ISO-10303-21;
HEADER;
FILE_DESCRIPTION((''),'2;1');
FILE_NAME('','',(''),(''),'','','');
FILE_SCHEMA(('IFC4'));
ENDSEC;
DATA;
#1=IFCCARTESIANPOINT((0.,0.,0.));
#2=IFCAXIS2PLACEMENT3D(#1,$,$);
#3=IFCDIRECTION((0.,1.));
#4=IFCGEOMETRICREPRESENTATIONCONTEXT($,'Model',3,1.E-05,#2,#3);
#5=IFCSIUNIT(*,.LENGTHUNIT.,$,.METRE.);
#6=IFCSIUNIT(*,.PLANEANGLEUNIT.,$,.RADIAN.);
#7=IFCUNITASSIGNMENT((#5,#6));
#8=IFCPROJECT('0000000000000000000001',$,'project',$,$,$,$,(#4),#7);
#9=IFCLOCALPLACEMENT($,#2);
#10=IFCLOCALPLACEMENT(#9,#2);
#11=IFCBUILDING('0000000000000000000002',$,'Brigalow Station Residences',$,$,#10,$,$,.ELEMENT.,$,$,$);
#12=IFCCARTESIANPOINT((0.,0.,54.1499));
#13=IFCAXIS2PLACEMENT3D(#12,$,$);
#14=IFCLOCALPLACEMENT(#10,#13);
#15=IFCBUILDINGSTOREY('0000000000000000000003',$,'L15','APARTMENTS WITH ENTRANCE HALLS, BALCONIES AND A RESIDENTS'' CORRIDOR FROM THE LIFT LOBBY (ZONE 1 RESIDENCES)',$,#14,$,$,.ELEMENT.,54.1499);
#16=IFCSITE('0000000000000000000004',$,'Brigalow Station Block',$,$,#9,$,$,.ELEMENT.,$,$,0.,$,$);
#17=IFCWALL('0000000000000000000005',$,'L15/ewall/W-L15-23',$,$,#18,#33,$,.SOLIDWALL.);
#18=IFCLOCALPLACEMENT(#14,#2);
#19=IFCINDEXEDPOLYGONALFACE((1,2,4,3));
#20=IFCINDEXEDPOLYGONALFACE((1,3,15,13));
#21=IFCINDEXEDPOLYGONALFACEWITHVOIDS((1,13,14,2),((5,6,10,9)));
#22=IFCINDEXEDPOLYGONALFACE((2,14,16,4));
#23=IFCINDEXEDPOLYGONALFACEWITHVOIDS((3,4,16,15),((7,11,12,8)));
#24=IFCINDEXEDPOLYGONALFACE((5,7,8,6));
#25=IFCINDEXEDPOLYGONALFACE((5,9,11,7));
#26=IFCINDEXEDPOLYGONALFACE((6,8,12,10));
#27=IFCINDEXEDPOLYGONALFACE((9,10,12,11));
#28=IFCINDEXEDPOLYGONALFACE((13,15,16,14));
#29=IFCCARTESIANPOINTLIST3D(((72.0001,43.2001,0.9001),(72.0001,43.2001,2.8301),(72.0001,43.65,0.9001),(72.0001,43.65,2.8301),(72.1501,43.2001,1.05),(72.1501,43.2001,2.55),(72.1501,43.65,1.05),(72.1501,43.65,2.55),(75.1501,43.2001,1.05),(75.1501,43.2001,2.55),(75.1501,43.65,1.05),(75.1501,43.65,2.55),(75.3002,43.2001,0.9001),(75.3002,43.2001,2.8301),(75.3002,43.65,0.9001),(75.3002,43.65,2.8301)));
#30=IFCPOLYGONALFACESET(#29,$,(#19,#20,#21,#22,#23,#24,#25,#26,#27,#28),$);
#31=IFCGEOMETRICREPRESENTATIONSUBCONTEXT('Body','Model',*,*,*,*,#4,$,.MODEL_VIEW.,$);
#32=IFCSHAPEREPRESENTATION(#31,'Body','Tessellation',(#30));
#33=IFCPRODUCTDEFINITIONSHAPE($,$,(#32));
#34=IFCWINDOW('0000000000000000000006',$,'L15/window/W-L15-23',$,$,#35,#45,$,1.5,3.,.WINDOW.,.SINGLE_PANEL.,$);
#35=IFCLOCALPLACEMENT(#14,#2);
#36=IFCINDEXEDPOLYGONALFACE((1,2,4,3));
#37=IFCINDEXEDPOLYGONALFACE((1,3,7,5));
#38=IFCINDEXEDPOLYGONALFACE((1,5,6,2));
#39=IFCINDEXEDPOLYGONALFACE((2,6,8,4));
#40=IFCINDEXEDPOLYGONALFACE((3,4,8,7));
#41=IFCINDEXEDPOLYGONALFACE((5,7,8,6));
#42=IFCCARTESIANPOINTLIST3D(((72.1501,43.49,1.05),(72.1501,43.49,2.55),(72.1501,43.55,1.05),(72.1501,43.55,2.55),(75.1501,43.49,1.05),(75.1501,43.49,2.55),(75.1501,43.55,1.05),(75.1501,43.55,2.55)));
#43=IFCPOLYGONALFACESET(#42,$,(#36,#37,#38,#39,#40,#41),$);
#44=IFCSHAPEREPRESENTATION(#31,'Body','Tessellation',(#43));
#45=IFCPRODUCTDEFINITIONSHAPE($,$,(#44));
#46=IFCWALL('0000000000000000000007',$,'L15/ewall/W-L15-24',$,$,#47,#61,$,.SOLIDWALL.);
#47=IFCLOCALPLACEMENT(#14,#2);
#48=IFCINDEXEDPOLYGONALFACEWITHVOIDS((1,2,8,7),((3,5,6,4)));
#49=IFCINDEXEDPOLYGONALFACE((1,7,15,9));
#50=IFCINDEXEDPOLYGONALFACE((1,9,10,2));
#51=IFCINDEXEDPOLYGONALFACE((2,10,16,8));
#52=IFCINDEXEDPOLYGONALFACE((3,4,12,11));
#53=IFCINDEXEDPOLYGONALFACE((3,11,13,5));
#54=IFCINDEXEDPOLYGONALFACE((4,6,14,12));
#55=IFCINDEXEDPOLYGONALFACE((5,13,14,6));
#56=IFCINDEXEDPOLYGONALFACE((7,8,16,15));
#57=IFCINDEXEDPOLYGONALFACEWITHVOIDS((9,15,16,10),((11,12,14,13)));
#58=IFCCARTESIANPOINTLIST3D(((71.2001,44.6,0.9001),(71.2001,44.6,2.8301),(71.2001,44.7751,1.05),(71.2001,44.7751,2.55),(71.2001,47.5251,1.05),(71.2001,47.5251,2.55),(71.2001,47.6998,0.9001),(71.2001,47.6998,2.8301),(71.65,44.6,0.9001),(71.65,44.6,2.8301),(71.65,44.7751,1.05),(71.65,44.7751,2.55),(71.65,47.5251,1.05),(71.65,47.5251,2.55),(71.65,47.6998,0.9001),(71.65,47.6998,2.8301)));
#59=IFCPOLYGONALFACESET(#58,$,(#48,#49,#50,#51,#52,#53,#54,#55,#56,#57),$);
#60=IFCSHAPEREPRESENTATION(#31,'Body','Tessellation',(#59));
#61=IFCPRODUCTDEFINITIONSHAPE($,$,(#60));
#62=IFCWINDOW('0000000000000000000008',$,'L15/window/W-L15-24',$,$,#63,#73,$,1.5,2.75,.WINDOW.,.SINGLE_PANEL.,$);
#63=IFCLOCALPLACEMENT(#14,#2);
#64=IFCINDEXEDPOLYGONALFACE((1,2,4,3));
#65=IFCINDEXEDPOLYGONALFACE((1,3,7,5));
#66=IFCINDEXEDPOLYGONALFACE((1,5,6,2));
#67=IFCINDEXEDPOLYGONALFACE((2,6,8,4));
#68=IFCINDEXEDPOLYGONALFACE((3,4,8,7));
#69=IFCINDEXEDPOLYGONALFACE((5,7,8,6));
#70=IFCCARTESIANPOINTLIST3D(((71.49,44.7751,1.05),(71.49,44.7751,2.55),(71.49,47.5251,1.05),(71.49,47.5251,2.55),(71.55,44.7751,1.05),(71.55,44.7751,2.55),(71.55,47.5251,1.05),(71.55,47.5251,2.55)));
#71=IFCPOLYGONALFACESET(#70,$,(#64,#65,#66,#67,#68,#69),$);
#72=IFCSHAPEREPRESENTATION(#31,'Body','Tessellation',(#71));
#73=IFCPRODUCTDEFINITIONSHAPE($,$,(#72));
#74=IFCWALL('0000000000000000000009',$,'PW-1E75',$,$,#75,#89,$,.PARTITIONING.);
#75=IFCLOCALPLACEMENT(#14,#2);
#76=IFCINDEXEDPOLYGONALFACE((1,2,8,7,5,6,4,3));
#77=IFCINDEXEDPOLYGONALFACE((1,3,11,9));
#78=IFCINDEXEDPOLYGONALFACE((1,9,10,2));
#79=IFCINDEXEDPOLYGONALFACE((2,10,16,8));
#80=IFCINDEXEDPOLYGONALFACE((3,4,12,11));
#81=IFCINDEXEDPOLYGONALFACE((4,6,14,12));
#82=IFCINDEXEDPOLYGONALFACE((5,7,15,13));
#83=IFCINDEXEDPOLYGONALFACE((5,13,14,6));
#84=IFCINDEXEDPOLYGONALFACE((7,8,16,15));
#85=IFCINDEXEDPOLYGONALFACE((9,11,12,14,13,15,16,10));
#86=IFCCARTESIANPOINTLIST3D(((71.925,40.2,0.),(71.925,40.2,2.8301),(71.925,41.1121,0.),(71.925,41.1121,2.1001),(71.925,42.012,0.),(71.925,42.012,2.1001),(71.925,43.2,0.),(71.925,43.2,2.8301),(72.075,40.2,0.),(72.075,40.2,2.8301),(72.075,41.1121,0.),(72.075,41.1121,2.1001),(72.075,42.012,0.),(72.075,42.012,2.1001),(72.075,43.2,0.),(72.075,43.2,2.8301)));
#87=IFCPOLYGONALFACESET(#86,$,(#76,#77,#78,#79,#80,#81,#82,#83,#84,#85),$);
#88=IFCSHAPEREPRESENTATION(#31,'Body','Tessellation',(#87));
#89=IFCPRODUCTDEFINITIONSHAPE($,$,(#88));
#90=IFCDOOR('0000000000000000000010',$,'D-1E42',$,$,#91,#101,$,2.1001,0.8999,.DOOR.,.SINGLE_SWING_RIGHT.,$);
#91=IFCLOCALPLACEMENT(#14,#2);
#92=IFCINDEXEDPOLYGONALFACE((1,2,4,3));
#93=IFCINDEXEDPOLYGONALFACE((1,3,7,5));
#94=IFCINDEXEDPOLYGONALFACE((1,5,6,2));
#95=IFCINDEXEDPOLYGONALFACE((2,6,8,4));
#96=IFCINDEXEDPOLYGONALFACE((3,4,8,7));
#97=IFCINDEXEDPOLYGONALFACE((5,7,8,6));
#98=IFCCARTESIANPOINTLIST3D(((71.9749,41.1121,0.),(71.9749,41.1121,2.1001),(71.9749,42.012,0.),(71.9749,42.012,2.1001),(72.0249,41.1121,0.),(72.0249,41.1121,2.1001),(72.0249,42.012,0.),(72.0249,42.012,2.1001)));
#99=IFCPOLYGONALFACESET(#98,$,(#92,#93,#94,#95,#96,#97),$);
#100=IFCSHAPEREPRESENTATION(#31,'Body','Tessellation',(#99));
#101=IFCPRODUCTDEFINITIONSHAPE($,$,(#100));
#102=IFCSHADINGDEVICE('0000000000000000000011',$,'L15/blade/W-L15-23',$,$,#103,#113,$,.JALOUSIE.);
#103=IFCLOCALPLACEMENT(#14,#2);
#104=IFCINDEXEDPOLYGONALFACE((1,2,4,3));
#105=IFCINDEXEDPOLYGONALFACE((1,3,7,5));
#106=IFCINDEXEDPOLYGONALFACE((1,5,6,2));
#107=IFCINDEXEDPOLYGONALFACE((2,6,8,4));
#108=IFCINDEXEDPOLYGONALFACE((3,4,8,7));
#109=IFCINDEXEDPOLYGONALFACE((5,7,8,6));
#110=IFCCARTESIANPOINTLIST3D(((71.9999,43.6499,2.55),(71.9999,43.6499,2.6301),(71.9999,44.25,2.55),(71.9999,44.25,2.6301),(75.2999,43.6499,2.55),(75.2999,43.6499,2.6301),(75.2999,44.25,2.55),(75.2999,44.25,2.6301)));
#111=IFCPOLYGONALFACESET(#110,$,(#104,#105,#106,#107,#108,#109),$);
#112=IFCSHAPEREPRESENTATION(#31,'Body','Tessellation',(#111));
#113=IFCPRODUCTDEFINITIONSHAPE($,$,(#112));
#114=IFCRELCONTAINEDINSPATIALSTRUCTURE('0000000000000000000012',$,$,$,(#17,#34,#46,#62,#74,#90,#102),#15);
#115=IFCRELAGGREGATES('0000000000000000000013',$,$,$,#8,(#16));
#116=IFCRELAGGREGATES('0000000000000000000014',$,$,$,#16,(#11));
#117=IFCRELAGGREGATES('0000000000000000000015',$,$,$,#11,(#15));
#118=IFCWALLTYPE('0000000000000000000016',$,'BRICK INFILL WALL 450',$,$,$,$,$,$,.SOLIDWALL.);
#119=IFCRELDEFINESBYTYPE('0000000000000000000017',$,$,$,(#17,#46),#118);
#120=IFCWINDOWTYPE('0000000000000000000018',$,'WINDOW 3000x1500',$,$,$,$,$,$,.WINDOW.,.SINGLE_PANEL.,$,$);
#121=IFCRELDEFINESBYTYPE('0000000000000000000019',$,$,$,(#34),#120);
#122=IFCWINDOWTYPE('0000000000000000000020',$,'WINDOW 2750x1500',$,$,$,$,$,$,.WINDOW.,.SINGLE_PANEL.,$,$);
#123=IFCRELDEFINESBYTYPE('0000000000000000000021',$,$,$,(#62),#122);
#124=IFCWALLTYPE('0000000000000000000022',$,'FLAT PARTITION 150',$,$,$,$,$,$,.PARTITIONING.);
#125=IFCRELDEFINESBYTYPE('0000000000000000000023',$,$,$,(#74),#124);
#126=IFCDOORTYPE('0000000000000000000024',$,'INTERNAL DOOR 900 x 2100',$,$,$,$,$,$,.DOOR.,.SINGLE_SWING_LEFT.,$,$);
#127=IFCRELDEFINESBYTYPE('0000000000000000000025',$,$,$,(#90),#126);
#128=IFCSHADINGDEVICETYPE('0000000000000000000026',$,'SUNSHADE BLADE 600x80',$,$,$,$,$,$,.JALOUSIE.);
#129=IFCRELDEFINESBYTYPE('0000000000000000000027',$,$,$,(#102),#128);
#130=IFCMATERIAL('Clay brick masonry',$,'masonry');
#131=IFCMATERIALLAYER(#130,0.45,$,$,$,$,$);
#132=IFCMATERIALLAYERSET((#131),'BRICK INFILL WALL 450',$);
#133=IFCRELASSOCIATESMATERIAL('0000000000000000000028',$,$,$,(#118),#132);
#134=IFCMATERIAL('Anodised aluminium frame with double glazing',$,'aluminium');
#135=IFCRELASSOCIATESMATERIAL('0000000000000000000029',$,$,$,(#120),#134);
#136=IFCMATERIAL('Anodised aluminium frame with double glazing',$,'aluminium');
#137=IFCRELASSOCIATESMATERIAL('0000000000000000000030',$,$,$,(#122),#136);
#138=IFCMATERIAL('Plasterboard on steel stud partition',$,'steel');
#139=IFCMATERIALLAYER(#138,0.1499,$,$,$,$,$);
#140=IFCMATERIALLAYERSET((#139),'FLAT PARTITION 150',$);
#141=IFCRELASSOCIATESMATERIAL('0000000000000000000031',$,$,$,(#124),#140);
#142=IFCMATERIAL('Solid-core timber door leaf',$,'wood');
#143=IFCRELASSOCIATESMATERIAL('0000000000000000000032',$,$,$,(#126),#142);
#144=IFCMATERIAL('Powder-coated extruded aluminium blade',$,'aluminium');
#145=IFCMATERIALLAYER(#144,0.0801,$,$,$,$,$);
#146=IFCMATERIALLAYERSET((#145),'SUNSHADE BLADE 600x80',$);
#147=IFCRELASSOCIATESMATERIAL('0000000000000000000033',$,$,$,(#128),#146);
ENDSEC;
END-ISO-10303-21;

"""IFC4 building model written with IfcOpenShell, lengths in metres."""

from ifc_helpers import new_model, si_unit, direction, frame, frame_2d, origin, origin_2d, place, context, subcontext, project, spatial, rectangle, extrude, material, layer, layer_set, type_object, element, fill, save


model = new_model("IFC4")

# Units and contexts
model_context = context("Model", 3, precision=1e-05, world=origin(), true_north=direction((0.0, 1.0)))
body_context = subcontext(model_context, "Body", "Model", "MODEL_VIEW")
ifc_project = project(units=[si_unit("LENGTHUNIT", "METRE"), si_unit("PLANEANGLEUNIT", "RADIAN")], contexts=[model_context])

# Site, building, storey
site_placement = place(None, origin())
site = spatial("IfcSite", under=ifc_project, at=site_placement, Name="Brigalow Station Block", CompositionType="ELEMENT", RefElevation=0.0)
building_placement = place(site_placement, origin())
building = spatial("IfcBuilding", under=site, at=building_placement, Name="Brigalow Station Residences", CompositionType="ELEMENT")
storey_placement = place(building_placement, frame((0.0, 0.0, 54.1499)))
storey = spatial("IfcBuildingStorey", under=building, at=storey_placement, Name="L15", Description="APARTMENTS WITH ENTRANCE HALLS, BALCONIES AND A RESIDENTS' CORRIDOR FROM THE LIFT LOBBY (ZONE 1 RESIDENCES)", CompositionType="ELEMENT", Elevation=54.1499)

# Walls, openings, windows
ifc_material_1 = material(Name="Clay brick masonry", Category="masonry")
ifc_layer_1 = layer(ifc_material_1, 0.45)
ifc_layer_set_1 = layer_set([ifc_layer_1], Name="BRICK INFILL WALL 450")
wall_type_1 = type_object("IfcWallType", Name="BRICK INFILL WALL 450", PredefinedType="SOLIDWALL", material=ifc_layer_set_1)
wall_1_placement = place(storey_placement, frame((75.3, 43.425, 0.9001), z_axis=(0.0, 0.0, 1.0), x_axis=(-1.0, 0.0, 0.0)))
wall_1 = element("IfcWall", 1, at=wall_1_placement, inside=storey, type_object=wall_type_1, Name="L15/ewall/W-L15-23", PredefinedType="SOLIDWALL", context=body_context, shape_type="SweptSolid", body=[
    extrude(rectangle(XDim=3.3, YDim=0.45, at=frame_2d((1.6499, 0.0))), origin(), (0.0, 0.0, 1.0), 1.9299),
])
opening_1_placement = place(wall_1_placement, frame((0.1499, 0.0, 0.1499)))
opening_1 = element("IfcOpeningElement", 2, at=opening_1_placement, cuts=wall_1, PredefinedType="OPENING", context=body_context, shape_type="SweptSolid", body=[
    extrude(rectangle(XDim=3.0, YDim=1.5, at=frame_2d((1.5, 0.75))), frame((0.0, 0.2349, 0.0), z_axis=(0.0, -1.0, 0.0), x_axis=(1.0, 0.0, 0.0)), (0.0, 0.0, 1.0), 0.47),
])
ifc_material_2 = material(Name="Anodised aluminium frame with double glazing", Category="aluminium")
window_type_1 = type_object("IfcWindowType", Name="WINDOW 3000x1500", PartitioningType="SINGLE_PANEL", PredefinedType="WINDOW", material=ifc_material_2)
window_1_placement = place(opening_1_placement, origin())
window_1 = element("IfcWindow", 3, at=window_1_placement, inside=storey, type_object=window_type_1, Name="L15/window/W-L15-23", OverallHeight=1.5, OverallWidth=3.0, PartitioningType="SINGLE_PANEL", PredefinedType="WINDOW", context=body_context, shape_type="SweptSolid", body=[
    extrude(rectangle(XDim=3.0, YDim=1.5, at=frame_2d((1.5, 0.75))), frame((0.0, -0.0649, 0.0), z_axis=(0.0, -1.0, 0.0), x_axis=(1.0, 0.0, 0.0)), (0.0, 0.0, 1.0), 0.0601),
])
fill(opening_1, window_1)
wall_2_placement = place(storey_placement, frame((71.425, 44.6001, 0.9001), z_axis=(0.0, 0.0, 1.0), x_axis=(0.0, 1.0, 0.0)))
wall_2 = element("IfcWall", 4, at=wall_2_placement, inside=storey, type_object=wall_type_1, Name="L15/ewall/W-L15-24", PredefinedType="SOLIDWALL", context=body_context, shape_type="SweptSolid", body=[
    extrude(rectangle(XDim=3.0999, YDim=0.45, at=frame_2d((1.5498, 0.0))), origin(), (0.0, 0.0, 1.0), 1.9299),
])
opening_2_placement = place(wall_2_placement, frame((0.175, 0.0, 0.1499)))
opening_2 = element("IfcOpeningElement", 5, at=opening_2_placement, cuts=wall_2, PredefinedType="OPENING", context=body_context, shape_type="SweptSolid", body=[
    extrude(rectangle(XDim=2.75, YDim=1.5, at=frame_2d((1.375, 0.75))), frame((0.0, 0.2349, 0.0), z_axis=(0.0, -1.0, 0.0), x_axis=(1.0, 0.0, 0.0)), (0.0, 0.0, 1.0), 0.47),
])
ifc_material_3 = material(Name="Anodised aluminium frame with double glazing", Category="aluminium")
window_type_2 = type_object("IfcWindowType", Name="WINDOW 2750x1500", PartitioningType="SINGLE_PANEL", PredefinedType="WINDOW", material=ifc_material_3)
window_2_placement = place(opening_2_placement, origin())
window_2 = element("IfcWindow", 6, at=window_2_placement, inside=storey, type_object=window_type_2, Name="L15/window/W-L15-24", OverallHeight=1.5, OverallWidth=2.75, PartitioningType="SINGLE_PANEL", PredefinedType="WINDOW", context=body_context, shape_type="SweptSolid", body=[
    extrude(rectangle(XDim=2.75, YDim=1.5, at=frame_2d((1.375, 0.75))), frame((0.0, -0.0649, 0.0), z_axis=(0.0, -1.0, 0.0), x_axis=(1.0, 0.0, 0.0)), (0.0, 0.0, 1.0), 0.0601),
])
fill(opening_2, window_2)

# Wall, opening, door
ifc_material_4 = material(Name="Plasterboard on steel stud partition", Category="steel")
ifc_layer_2 = layer(ifc_material_4, 0.1499)
ifc_layer_set_2 = layer_set([ifc_layer_2], Name="FLAT PARTITION 150")
wall_type_2 = type_object("IfcWallType", Name="FLAT PARTITION 150", PredefinedType="PARTITIONING", material=ifc_layer_set_2)
wall_3_placement = place(storey_placement, frame((72.0, 40.2, 0.0), z_axis=(0.0, 0.0, 1.0), x_axis=(0.0, 1.0, 0.0)))
wall_3 = element("IfcWall", 7, at=wall_3_placement, inside=storey, type_object=wall_type_2, Name="PW-1E75", PredefinedType="PARTITIONING", context=body_context, shape_type="SweptSolid", body=[
    extrude(rectangle(XDim=3.0, YDim=0.1499, at=frame_2d((1.5, 0.0))), origin(), (0.0, 0.0, 1.0), 2.8301),
])
opening_3_placement = place(wall_3_placement, frame((0.9121, 0.0, 0.0)))
opening_3 = element("IfcOpeningElement", 8, at=opening_3_placement, cuts=wall_3, PredefinedType="OPENING", context=body_context, shape_type="SweptSolid", body=[
    extrude(rectangle(XDim=0.8999, YDim=2.1001, at=frame_2d((0.45, 1.05))), frame((0.0, 0.085, 0.0), z_axis=(0.0, -1.0, 0.0), x_axis=(1.0, 0.0, 0.0)), (0.0, 0.0, 1.0), 0.1699),
])
ifc_material_5 = material(Name="Solid-core timber door leaf", Category="wood")
door_type = type_object("IfcDoorType", Name="INTERNAL DOOR 900 x 2100", OperationType="SINGLE_SWING_LEFT", PredefinedType="DOOR", material=ifc_material_5)
door_placement = place(opening_3_placement, frame((0.8999, 0.0, 0.0), z_axis=(0.0, 0.0, 1.0), x_axis=(-1.0, 0.0, 0.0)))
door = element("IfcDoor", 9, at=door_placement, inside=storey, type_object=door_type, Name="D-1E42", OperationType="SINGLE_SWING_RIGHT", OverallHeight=2.1001, OverallWidth=0.8999, PredefinedType="DOOR", context=body_context, shape_type="SweptSolid", body=[
    extrude(rectangle(XDim=0.8999, YDim=2.1001, at=frame_2d((0.45, 1.05))), frame((0.0, 0.0249, 0.0), z_axis=(0.0, -1.0, 0.0), x_axis=(1.0, 0.0, 0.0)), (0.0, 0.0, 1.0), 0.05),
])
fill(opening_3, door)

# Shading device
ifc_material_6 = material(Name="Powder-coated extruded aluminium blade", Category="aluminium")
ifc_layer_3 = layer(ifc_material_6, 0.0801)
ifc_layer_set_3 = layer_set([ifc_layer_3], Name="SUNSHADE BLADE 600x80")
shading_device_type = type_object("IfcShadingDeviceType", Name="SUNSHADE BLADE 600x80", PredefinedType="JALOUSIE", material=ifc_layer_set_3)
shading_device_placement = place(storey_placement, frame((73.6499, 43.95, 2.55), z_axis=(0.0, 0.0, 1.0), x_axis=(-1.0, 0.0, 0.0)))
element("IfcShadingDevice", 10, at=shading_device_placement, inside=storey, type_object=shading_device_type, Name="L15/blade/W-L15-23", PredefinedType="JALOUSIE", context=body_context, shape_type="SweptSolid", body=[
    extrude(rectangle(XDim=3.3, YDim=0.6001, at=origin_2d()), origin(), (0.0, 0.0, 1.0), 0.0801),
])

save(model, "model.ifc")
